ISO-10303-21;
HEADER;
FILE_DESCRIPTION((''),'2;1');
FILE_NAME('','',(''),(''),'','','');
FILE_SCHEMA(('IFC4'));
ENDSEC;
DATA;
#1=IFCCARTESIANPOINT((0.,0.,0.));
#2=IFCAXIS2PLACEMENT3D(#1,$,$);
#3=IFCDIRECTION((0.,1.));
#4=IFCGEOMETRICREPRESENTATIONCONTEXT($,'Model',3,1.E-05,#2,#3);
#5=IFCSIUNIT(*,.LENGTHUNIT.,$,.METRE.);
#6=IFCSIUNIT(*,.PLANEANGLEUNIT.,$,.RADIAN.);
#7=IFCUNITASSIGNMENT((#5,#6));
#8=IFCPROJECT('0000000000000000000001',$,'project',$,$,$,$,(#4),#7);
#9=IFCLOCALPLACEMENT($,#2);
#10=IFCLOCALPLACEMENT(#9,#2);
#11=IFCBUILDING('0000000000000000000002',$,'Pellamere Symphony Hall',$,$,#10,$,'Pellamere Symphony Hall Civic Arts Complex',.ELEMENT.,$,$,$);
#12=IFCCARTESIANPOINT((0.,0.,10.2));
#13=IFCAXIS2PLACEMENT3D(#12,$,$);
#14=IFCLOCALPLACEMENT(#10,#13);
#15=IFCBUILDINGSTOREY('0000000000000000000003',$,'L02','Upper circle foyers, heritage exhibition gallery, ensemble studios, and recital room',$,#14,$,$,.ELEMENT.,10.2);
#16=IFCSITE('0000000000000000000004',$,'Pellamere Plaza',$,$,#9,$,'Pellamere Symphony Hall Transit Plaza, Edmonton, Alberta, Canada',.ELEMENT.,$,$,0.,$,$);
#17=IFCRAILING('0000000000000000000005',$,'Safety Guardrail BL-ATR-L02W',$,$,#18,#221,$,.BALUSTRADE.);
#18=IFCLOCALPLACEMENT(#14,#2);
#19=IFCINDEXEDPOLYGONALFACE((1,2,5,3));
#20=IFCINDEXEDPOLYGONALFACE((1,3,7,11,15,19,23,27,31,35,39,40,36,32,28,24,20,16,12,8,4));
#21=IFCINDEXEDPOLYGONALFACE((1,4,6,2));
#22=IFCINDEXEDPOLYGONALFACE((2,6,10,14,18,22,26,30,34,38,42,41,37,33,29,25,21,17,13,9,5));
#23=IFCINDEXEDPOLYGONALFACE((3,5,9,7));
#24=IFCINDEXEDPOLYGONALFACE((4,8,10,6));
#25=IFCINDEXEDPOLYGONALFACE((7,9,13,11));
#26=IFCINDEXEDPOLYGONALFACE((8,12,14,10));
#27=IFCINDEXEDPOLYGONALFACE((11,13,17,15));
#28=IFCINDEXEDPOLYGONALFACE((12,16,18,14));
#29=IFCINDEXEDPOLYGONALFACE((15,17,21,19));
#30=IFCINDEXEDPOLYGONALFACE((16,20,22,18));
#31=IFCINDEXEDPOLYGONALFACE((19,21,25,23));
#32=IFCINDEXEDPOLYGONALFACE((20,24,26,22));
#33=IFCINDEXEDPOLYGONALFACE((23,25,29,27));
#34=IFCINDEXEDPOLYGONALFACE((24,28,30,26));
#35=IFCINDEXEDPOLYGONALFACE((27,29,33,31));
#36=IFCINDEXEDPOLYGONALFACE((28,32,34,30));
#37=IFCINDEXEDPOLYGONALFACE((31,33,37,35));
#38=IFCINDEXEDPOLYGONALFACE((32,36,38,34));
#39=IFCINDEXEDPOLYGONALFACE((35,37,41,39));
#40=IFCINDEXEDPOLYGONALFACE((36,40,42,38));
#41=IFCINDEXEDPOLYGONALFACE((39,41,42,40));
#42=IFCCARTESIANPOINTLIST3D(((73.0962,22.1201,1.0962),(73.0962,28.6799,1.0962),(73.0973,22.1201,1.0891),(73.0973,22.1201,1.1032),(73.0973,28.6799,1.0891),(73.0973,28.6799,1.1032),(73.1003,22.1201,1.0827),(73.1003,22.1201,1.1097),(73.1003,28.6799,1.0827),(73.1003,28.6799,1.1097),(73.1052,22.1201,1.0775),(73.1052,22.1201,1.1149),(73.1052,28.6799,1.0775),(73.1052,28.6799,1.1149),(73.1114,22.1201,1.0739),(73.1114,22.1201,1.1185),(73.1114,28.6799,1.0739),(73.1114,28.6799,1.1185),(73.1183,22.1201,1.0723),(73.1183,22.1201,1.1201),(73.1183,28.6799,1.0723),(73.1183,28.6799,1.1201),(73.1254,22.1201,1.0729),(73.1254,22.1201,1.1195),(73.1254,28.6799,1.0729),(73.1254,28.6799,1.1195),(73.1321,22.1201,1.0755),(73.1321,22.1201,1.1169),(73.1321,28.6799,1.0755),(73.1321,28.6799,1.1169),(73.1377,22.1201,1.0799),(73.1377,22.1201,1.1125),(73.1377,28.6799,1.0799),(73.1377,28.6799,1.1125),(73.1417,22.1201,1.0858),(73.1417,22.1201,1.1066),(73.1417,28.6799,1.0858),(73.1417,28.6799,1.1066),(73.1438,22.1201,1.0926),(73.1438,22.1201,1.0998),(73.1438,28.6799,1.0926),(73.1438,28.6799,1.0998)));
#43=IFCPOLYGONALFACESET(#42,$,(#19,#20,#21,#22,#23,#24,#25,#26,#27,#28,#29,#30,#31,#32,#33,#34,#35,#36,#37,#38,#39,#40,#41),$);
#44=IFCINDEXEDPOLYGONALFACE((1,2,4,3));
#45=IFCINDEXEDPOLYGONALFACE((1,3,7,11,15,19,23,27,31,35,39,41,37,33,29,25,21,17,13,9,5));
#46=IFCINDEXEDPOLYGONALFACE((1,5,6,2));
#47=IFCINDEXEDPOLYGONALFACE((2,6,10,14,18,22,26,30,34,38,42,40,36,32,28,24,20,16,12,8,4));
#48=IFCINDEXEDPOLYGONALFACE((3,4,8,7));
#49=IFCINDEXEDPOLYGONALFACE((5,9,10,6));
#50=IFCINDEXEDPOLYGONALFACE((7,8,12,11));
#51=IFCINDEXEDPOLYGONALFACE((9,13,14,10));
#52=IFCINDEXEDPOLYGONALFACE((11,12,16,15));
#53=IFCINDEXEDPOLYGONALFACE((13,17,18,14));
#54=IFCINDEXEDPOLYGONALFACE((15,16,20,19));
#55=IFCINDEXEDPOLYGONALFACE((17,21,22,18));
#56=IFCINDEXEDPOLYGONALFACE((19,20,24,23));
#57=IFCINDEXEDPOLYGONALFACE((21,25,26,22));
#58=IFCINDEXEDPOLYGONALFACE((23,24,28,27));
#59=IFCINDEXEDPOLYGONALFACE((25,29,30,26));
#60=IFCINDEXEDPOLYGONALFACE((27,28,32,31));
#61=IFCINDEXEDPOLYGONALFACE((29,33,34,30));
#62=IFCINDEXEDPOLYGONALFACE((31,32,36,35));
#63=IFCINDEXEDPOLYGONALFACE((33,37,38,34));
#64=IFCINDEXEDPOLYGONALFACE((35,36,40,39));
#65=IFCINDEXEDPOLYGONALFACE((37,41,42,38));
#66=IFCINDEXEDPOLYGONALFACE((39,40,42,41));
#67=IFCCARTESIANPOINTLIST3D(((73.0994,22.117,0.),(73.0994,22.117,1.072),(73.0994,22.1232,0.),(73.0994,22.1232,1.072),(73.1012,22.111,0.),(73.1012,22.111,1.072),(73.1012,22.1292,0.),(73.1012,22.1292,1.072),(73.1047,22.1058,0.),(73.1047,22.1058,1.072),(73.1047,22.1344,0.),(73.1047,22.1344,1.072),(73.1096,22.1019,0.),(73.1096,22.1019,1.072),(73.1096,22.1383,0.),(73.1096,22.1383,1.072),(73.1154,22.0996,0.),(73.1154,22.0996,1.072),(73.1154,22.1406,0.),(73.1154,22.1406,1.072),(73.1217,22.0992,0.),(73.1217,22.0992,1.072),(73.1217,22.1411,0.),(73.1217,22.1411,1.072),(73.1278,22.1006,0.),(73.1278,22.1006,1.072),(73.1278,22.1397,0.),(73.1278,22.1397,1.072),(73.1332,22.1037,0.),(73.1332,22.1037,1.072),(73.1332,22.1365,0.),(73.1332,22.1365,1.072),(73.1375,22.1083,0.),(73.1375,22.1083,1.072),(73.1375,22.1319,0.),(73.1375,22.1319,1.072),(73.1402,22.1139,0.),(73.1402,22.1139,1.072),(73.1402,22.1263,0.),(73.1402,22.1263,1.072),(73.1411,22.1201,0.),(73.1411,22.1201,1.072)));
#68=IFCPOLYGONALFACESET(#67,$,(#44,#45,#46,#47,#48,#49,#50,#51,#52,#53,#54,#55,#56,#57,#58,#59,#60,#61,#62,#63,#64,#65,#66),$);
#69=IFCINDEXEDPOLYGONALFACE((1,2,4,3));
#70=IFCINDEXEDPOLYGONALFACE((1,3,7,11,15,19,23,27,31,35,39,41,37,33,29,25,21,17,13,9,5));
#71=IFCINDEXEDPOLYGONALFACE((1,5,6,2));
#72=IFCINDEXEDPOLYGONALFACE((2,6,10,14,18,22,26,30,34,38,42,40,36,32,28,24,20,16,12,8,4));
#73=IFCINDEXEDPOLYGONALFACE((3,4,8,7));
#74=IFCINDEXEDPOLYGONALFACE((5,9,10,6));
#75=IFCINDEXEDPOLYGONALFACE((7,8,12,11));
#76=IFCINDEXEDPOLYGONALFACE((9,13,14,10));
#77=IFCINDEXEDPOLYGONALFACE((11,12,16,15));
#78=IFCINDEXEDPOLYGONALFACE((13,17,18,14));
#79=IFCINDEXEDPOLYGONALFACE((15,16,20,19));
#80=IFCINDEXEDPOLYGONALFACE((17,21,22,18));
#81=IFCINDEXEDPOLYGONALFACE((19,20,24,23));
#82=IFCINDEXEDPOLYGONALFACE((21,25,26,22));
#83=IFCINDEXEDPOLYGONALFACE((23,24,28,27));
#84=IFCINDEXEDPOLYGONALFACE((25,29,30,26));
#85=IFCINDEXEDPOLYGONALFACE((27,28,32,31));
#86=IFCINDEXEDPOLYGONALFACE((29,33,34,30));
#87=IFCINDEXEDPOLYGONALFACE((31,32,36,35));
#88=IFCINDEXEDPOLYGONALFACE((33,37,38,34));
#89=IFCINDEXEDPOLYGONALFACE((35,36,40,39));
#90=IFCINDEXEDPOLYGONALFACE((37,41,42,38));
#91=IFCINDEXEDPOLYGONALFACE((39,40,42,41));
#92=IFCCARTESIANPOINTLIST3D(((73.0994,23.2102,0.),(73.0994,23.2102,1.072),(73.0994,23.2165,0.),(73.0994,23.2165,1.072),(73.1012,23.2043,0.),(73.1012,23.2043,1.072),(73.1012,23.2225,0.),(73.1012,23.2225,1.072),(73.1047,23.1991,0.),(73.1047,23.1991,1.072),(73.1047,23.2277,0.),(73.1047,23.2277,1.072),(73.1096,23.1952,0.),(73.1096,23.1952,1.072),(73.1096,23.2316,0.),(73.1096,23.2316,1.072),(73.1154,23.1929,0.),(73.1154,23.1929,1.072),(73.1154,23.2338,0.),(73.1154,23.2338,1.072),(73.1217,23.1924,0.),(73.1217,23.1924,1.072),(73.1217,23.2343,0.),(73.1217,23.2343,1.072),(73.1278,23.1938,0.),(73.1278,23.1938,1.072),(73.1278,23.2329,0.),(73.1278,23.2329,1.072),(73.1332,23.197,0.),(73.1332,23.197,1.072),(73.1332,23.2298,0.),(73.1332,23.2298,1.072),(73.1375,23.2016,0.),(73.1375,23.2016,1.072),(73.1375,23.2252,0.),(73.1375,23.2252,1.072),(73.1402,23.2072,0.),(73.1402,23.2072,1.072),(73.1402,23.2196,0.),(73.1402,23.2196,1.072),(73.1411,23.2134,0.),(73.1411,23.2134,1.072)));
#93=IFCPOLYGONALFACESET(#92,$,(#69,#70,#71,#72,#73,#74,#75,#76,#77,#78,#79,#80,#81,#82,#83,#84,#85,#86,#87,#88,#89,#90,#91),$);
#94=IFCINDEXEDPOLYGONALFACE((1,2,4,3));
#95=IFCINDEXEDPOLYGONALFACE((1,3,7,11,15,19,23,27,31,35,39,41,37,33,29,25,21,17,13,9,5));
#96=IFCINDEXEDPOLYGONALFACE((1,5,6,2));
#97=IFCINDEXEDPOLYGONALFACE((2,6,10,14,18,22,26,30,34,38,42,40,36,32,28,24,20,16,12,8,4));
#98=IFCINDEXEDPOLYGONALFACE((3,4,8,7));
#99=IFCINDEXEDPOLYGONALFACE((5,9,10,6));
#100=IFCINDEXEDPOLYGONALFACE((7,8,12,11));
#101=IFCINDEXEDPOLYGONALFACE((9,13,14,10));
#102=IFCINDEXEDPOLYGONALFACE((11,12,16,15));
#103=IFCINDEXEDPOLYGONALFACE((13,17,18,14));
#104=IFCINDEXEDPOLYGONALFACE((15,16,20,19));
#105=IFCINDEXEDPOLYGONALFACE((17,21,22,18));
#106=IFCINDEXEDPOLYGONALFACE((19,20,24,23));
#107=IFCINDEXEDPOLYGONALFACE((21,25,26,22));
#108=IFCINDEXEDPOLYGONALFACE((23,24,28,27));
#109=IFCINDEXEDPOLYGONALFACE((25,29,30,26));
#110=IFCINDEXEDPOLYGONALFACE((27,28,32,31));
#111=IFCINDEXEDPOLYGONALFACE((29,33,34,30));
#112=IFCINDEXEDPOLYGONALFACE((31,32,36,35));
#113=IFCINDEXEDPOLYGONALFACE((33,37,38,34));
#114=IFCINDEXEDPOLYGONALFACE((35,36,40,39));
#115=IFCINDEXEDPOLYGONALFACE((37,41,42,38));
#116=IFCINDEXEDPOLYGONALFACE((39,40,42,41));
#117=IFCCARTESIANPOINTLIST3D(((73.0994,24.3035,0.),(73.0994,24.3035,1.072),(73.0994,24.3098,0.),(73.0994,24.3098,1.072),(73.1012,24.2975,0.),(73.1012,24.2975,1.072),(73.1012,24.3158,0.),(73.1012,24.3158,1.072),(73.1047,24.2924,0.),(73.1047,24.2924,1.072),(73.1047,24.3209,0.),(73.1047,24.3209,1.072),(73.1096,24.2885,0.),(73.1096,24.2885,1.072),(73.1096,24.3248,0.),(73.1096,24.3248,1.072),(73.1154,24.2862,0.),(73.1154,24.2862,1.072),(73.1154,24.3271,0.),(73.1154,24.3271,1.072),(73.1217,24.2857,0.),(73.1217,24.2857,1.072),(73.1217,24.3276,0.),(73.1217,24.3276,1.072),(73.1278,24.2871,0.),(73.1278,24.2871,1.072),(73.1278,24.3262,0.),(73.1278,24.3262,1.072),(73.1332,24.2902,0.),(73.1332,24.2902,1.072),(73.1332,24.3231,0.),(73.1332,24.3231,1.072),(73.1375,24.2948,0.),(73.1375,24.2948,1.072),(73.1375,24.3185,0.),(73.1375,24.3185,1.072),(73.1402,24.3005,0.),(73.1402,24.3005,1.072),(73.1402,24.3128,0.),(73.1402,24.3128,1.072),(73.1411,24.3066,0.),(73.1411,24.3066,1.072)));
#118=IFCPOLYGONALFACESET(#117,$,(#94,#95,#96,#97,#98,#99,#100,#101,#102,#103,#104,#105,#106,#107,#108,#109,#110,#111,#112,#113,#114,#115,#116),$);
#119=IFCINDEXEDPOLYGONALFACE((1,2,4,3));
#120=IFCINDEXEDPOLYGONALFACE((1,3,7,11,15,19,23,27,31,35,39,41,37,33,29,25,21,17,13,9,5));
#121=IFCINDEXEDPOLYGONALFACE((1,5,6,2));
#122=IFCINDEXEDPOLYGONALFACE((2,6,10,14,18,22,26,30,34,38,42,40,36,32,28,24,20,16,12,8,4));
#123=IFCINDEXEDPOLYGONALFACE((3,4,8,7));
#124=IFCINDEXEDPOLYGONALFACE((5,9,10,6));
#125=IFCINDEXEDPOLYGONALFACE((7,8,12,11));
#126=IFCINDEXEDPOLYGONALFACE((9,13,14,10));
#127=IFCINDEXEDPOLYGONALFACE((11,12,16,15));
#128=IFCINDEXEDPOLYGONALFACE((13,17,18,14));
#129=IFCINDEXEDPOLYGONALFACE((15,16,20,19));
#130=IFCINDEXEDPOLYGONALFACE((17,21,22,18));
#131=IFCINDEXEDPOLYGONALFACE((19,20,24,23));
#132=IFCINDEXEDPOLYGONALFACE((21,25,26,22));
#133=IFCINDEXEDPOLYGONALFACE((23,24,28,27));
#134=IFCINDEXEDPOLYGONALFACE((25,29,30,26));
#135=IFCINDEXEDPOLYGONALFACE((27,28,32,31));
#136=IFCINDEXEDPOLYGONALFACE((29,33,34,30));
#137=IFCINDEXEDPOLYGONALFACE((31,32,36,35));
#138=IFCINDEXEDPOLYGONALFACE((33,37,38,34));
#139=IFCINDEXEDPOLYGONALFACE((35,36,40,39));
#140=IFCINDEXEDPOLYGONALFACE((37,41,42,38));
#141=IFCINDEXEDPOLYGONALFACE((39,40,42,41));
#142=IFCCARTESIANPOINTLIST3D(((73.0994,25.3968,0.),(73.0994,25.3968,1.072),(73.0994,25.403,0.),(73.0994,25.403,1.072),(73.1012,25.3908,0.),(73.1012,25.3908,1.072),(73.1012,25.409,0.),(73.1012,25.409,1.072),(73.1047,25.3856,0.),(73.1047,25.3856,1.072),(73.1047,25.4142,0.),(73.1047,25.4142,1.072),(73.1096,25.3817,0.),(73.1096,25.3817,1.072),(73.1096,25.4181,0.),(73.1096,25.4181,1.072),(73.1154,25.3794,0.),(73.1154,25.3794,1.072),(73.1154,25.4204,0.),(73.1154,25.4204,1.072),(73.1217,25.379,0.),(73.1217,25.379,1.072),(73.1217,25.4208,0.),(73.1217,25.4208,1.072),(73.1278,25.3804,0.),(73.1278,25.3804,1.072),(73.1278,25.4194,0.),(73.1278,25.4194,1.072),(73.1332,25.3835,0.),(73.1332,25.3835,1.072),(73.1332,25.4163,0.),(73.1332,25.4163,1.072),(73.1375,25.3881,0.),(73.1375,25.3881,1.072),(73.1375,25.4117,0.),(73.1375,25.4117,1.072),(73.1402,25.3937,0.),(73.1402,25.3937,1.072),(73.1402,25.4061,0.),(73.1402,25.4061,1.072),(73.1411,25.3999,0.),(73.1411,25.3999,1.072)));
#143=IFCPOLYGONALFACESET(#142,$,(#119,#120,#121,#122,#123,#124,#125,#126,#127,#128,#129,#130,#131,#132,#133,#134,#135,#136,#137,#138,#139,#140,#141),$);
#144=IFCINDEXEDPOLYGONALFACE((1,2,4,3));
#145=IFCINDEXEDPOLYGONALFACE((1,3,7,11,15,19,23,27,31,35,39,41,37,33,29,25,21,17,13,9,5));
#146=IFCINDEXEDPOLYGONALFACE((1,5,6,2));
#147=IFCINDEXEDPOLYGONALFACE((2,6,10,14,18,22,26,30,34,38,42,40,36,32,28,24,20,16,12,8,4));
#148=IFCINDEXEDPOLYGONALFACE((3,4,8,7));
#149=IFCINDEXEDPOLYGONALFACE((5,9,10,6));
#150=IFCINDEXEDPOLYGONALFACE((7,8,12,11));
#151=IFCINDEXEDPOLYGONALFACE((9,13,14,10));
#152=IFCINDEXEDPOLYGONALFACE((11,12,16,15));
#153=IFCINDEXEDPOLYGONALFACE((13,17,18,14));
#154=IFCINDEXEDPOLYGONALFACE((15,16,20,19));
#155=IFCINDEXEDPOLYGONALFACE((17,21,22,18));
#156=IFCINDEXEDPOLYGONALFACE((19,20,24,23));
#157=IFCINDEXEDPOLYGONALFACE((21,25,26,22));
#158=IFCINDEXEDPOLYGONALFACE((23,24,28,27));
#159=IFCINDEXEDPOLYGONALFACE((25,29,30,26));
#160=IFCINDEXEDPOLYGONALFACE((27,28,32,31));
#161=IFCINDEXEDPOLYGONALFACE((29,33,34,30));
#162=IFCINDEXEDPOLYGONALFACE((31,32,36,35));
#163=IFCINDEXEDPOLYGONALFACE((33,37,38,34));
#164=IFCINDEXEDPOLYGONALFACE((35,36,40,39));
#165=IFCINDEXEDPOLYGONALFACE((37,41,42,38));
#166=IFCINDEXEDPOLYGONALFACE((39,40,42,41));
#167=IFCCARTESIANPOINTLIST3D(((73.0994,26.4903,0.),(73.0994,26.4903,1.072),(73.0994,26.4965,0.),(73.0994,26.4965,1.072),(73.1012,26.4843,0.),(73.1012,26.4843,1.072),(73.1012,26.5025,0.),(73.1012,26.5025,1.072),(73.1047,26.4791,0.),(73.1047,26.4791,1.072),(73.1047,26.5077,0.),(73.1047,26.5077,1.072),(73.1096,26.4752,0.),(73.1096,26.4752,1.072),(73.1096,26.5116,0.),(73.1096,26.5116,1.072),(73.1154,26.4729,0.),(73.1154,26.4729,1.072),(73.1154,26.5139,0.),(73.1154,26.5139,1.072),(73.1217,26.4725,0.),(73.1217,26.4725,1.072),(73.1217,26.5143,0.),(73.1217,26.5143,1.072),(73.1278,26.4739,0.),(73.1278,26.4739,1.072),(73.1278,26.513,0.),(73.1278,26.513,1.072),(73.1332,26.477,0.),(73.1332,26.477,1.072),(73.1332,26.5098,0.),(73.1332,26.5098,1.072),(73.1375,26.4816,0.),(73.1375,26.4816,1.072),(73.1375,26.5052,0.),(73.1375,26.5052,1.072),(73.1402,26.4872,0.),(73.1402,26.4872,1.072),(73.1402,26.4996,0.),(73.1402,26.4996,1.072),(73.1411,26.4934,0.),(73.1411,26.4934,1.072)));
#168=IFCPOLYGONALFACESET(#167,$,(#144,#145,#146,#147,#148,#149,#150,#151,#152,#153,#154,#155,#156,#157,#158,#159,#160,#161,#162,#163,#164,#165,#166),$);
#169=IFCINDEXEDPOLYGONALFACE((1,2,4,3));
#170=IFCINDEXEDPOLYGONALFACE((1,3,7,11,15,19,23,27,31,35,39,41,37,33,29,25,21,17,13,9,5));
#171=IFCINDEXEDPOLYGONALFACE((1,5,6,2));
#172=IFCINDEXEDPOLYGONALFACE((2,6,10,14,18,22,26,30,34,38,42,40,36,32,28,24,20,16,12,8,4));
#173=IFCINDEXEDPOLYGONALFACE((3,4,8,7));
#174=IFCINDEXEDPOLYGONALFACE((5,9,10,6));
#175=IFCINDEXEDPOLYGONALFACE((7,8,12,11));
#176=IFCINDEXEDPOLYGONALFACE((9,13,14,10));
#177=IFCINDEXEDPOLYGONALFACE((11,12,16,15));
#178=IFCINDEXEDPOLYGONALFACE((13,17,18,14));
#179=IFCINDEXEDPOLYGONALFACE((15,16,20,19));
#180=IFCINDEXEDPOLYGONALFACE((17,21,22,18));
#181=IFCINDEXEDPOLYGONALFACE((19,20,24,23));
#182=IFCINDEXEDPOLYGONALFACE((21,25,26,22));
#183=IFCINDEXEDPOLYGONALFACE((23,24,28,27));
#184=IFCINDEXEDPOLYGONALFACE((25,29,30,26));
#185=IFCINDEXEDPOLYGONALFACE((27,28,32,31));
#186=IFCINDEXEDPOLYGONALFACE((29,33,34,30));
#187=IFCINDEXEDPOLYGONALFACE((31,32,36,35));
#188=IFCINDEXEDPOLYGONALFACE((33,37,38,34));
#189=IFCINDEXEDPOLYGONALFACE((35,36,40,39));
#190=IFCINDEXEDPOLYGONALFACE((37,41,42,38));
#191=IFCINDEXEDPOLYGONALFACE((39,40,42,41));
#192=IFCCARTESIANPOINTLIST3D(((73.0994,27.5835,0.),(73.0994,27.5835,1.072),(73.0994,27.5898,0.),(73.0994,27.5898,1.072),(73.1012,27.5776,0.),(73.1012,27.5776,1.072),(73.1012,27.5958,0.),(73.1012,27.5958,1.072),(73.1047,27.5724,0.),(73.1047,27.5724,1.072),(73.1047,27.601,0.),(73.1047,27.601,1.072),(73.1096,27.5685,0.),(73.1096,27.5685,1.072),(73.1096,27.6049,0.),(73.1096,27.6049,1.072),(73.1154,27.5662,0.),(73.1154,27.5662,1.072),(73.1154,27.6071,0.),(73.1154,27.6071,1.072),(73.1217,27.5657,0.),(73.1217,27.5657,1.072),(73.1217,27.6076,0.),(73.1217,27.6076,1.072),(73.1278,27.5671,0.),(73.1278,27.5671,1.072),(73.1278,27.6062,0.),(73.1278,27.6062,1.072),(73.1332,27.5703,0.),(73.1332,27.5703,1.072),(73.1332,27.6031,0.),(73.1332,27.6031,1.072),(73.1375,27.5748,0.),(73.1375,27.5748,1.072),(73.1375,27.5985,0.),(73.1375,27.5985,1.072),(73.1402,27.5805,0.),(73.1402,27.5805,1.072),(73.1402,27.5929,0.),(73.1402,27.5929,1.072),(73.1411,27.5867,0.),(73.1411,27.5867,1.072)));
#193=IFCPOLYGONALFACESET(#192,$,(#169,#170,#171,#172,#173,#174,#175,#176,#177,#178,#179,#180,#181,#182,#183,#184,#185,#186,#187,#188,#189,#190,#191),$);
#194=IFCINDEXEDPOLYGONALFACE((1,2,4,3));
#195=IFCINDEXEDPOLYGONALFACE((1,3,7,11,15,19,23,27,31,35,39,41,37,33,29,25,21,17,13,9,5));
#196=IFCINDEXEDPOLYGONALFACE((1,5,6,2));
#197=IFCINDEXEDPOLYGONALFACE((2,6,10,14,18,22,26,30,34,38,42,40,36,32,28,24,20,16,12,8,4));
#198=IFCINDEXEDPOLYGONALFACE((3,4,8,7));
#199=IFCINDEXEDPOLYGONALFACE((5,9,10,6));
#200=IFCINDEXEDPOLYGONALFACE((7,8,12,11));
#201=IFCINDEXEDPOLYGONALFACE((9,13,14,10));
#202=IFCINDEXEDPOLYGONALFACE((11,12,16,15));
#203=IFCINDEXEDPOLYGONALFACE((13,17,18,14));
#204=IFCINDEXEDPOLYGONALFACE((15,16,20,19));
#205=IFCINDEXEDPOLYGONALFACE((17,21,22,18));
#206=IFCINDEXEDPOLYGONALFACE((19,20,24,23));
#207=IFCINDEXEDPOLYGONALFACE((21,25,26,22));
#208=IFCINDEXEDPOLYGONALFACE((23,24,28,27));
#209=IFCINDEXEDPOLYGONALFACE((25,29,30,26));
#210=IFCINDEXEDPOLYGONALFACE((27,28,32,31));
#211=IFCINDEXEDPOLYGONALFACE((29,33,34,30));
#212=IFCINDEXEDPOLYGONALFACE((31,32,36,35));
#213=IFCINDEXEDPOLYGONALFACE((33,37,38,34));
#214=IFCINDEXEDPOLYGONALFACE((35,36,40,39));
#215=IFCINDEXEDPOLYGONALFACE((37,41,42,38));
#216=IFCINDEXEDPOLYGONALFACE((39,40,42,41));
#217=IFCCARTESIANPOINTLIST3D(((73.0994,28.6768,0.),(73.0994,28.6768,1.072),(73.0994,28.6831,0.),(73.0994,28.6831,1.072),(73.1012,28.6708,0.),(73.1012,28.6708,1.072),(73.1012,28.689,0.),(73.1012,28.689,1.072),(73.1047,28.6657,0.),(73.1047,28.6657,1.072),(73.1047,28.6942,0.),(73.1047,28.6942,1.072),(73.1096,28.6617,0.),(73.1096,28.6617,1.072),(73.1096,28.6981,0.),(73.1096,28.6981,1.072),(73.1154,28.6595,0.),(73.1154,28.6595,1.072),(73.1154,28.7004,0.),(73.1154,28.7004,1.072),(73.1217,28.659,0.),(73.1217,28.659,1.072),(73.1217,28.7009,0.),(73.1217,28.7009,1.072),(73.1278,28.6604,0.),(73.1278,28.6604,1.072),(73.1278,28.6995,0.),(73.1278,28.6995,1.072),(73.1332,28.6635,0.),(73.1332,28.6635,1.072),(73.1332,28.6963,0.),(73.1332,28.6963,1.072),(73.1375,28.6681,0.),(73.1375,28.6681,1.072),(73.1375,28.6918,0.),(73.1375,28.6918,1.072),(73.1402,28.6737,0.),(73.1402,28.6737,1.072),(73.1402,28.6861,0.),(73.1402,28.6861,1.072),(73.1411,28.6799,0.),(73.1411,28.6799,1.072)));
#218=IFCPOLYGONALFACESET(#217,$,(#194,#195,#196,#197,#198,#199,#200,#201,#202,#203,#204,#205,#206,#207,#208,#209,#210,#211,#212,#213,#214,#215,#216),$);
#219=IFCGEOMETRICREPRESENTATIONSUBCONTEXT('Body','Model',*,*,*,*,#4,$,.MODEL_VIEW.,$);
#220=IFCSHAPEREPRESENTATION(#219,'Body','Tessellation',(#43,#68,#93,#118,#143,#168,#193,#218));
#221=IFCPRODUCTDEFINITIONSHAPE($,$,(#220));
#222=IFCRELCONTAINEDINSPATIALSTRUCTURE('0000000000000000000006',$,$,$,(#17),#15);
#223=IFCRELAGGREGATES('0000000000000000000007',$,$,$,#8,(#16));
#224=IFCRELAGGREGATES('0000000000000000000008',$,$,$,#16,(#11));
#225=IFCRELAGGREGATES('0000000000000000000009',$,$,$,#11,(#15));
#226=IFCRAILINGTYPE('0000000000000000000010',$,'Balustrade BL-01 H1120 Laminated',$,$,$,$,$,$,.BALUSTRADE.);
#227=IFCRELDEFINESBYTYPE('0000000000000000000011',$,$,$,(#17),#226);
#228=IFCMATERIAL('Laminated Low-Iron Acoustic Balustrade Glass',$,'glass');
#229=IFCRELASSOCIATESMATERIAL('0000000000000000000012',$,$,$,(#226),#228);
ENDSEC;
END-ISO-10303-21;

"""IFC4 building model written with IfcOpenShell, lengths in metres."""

from ifc_helpers import new_model, si_unit, direction, frame, origin, origin_2d, place, context, subcontext, project, spatial, circle, extrude, material, type_object, element, save


model = new_model("IFC4")

# Units and contexts
model_context = context("Model", 3, precision=1e-05, world=origin(), true_north=direction((0.0, 1.0)))
body_context = subcontext(model_context, "Body", "Model", "MODEL_VIEW")
ifc_project = project(units=[si_unit("LENGTHUNIT", "METRE"), si_unit("PLANEANGLEUNIT", "RADIAN")], contexts=[model_context])

# Site, building, storey
site_placement = place(None, origin())
site = spatial("IfcSite", under=ifc_project, at=site_placement, Name="Pellamere Plaza", LongName="Pellamere Symphony Hall Transit Plaza, Edmonton, Alberta, Canada", CompositionType="ELEMENT", RefElevation=0.0)
building_placement = place(site_placement, origin())
building = spatial("IfcBuilding", under=site, at=building_placement, Name="Pellamere Symphony Hall", LongName="Pellamere Symphony Hall Civic Arts Complex", CompositionType="ELEMENT")
storey_placement = place(building_placement, frame((0.0, 0.0, 10.2)))
storey = spatial("IfcBuildingStorey", under=building, at=storey_placement, Name="L02", Description="Upper circle foyers, heritage exhibition gallery, ensemble studios, and recital room", CompositionType="ELEMENT", Elevation=10.2)

# Railing
ifc_material_1 = material(Name="Laminated Low-Iron Acoustic Balustrade Glass", Category="glass")
railing_type_1 = type_object("IfcRailingType", Name="Balustrade BL-01 H1120 Laminated", PredefinedType="BALUSTRADE", material=ifc_material_1)
railing_1_placement = place(storey_placement, frame((73.1201, 22.1201, 0.0)))
element("IfcRailing", 1, at=railing_1_placement, inside=storey, type_object=railing_type_1, Name="Safety Guardrail BL-ATR-L02W", PredefinedType="BALUSTRADE", context=body_context, shape_type="SweptSolid", body=[
    extrude(circle(Radius=0.0239, at=origin_2d()), frame((0.0, 0.0, 1.0962), z_axis=(0.0, 1.0, 0.0), x_axis=(-1.0, 0.0, 0.0)), (0.0, 0.0, 1.0), 6.5598),
    extrude(circle(Radius=0.021, at=origin_2d()), origin(), (0.0, 0.0, 1.0), 1.072),
    extrude(circle(Radius=0.021, at=origin_2d()), frame((0.0, 1.0933, 0.0)), (0.0, 0.0, 1.0), 1.072),
    extrude(circle(Radius=0.021, at=origin_2d()), frame((0.0, 2.1865, 0.0)), (0.0, 0.0, 1.0), 1.072),
    extrude(circle(Radius=0.021, at=origin_2d()), frame((0.0, 3.2798, 0.0)), (0.0, 0.0, 1.0), 1.072),
    extrude(circle(Radius=0.021, at=origin_2d()), frame((0.0, 4.3733, 0.0)), (0.0, 0.0, 1.0), 1.072),
    extrude(circle(Radius=0.021, at=origin_2d()), frame((0.0, 5.4666, 0.0)), (0.0, 0.0, 1.0), 1.072),
    extrude(circle(Radius=0.021, at=origin_2d()), frame((0.0, 6.5598, 0.0)), (0.0, 0.0, 1.0), 1.072),
])

save(model, "model.ifc")
